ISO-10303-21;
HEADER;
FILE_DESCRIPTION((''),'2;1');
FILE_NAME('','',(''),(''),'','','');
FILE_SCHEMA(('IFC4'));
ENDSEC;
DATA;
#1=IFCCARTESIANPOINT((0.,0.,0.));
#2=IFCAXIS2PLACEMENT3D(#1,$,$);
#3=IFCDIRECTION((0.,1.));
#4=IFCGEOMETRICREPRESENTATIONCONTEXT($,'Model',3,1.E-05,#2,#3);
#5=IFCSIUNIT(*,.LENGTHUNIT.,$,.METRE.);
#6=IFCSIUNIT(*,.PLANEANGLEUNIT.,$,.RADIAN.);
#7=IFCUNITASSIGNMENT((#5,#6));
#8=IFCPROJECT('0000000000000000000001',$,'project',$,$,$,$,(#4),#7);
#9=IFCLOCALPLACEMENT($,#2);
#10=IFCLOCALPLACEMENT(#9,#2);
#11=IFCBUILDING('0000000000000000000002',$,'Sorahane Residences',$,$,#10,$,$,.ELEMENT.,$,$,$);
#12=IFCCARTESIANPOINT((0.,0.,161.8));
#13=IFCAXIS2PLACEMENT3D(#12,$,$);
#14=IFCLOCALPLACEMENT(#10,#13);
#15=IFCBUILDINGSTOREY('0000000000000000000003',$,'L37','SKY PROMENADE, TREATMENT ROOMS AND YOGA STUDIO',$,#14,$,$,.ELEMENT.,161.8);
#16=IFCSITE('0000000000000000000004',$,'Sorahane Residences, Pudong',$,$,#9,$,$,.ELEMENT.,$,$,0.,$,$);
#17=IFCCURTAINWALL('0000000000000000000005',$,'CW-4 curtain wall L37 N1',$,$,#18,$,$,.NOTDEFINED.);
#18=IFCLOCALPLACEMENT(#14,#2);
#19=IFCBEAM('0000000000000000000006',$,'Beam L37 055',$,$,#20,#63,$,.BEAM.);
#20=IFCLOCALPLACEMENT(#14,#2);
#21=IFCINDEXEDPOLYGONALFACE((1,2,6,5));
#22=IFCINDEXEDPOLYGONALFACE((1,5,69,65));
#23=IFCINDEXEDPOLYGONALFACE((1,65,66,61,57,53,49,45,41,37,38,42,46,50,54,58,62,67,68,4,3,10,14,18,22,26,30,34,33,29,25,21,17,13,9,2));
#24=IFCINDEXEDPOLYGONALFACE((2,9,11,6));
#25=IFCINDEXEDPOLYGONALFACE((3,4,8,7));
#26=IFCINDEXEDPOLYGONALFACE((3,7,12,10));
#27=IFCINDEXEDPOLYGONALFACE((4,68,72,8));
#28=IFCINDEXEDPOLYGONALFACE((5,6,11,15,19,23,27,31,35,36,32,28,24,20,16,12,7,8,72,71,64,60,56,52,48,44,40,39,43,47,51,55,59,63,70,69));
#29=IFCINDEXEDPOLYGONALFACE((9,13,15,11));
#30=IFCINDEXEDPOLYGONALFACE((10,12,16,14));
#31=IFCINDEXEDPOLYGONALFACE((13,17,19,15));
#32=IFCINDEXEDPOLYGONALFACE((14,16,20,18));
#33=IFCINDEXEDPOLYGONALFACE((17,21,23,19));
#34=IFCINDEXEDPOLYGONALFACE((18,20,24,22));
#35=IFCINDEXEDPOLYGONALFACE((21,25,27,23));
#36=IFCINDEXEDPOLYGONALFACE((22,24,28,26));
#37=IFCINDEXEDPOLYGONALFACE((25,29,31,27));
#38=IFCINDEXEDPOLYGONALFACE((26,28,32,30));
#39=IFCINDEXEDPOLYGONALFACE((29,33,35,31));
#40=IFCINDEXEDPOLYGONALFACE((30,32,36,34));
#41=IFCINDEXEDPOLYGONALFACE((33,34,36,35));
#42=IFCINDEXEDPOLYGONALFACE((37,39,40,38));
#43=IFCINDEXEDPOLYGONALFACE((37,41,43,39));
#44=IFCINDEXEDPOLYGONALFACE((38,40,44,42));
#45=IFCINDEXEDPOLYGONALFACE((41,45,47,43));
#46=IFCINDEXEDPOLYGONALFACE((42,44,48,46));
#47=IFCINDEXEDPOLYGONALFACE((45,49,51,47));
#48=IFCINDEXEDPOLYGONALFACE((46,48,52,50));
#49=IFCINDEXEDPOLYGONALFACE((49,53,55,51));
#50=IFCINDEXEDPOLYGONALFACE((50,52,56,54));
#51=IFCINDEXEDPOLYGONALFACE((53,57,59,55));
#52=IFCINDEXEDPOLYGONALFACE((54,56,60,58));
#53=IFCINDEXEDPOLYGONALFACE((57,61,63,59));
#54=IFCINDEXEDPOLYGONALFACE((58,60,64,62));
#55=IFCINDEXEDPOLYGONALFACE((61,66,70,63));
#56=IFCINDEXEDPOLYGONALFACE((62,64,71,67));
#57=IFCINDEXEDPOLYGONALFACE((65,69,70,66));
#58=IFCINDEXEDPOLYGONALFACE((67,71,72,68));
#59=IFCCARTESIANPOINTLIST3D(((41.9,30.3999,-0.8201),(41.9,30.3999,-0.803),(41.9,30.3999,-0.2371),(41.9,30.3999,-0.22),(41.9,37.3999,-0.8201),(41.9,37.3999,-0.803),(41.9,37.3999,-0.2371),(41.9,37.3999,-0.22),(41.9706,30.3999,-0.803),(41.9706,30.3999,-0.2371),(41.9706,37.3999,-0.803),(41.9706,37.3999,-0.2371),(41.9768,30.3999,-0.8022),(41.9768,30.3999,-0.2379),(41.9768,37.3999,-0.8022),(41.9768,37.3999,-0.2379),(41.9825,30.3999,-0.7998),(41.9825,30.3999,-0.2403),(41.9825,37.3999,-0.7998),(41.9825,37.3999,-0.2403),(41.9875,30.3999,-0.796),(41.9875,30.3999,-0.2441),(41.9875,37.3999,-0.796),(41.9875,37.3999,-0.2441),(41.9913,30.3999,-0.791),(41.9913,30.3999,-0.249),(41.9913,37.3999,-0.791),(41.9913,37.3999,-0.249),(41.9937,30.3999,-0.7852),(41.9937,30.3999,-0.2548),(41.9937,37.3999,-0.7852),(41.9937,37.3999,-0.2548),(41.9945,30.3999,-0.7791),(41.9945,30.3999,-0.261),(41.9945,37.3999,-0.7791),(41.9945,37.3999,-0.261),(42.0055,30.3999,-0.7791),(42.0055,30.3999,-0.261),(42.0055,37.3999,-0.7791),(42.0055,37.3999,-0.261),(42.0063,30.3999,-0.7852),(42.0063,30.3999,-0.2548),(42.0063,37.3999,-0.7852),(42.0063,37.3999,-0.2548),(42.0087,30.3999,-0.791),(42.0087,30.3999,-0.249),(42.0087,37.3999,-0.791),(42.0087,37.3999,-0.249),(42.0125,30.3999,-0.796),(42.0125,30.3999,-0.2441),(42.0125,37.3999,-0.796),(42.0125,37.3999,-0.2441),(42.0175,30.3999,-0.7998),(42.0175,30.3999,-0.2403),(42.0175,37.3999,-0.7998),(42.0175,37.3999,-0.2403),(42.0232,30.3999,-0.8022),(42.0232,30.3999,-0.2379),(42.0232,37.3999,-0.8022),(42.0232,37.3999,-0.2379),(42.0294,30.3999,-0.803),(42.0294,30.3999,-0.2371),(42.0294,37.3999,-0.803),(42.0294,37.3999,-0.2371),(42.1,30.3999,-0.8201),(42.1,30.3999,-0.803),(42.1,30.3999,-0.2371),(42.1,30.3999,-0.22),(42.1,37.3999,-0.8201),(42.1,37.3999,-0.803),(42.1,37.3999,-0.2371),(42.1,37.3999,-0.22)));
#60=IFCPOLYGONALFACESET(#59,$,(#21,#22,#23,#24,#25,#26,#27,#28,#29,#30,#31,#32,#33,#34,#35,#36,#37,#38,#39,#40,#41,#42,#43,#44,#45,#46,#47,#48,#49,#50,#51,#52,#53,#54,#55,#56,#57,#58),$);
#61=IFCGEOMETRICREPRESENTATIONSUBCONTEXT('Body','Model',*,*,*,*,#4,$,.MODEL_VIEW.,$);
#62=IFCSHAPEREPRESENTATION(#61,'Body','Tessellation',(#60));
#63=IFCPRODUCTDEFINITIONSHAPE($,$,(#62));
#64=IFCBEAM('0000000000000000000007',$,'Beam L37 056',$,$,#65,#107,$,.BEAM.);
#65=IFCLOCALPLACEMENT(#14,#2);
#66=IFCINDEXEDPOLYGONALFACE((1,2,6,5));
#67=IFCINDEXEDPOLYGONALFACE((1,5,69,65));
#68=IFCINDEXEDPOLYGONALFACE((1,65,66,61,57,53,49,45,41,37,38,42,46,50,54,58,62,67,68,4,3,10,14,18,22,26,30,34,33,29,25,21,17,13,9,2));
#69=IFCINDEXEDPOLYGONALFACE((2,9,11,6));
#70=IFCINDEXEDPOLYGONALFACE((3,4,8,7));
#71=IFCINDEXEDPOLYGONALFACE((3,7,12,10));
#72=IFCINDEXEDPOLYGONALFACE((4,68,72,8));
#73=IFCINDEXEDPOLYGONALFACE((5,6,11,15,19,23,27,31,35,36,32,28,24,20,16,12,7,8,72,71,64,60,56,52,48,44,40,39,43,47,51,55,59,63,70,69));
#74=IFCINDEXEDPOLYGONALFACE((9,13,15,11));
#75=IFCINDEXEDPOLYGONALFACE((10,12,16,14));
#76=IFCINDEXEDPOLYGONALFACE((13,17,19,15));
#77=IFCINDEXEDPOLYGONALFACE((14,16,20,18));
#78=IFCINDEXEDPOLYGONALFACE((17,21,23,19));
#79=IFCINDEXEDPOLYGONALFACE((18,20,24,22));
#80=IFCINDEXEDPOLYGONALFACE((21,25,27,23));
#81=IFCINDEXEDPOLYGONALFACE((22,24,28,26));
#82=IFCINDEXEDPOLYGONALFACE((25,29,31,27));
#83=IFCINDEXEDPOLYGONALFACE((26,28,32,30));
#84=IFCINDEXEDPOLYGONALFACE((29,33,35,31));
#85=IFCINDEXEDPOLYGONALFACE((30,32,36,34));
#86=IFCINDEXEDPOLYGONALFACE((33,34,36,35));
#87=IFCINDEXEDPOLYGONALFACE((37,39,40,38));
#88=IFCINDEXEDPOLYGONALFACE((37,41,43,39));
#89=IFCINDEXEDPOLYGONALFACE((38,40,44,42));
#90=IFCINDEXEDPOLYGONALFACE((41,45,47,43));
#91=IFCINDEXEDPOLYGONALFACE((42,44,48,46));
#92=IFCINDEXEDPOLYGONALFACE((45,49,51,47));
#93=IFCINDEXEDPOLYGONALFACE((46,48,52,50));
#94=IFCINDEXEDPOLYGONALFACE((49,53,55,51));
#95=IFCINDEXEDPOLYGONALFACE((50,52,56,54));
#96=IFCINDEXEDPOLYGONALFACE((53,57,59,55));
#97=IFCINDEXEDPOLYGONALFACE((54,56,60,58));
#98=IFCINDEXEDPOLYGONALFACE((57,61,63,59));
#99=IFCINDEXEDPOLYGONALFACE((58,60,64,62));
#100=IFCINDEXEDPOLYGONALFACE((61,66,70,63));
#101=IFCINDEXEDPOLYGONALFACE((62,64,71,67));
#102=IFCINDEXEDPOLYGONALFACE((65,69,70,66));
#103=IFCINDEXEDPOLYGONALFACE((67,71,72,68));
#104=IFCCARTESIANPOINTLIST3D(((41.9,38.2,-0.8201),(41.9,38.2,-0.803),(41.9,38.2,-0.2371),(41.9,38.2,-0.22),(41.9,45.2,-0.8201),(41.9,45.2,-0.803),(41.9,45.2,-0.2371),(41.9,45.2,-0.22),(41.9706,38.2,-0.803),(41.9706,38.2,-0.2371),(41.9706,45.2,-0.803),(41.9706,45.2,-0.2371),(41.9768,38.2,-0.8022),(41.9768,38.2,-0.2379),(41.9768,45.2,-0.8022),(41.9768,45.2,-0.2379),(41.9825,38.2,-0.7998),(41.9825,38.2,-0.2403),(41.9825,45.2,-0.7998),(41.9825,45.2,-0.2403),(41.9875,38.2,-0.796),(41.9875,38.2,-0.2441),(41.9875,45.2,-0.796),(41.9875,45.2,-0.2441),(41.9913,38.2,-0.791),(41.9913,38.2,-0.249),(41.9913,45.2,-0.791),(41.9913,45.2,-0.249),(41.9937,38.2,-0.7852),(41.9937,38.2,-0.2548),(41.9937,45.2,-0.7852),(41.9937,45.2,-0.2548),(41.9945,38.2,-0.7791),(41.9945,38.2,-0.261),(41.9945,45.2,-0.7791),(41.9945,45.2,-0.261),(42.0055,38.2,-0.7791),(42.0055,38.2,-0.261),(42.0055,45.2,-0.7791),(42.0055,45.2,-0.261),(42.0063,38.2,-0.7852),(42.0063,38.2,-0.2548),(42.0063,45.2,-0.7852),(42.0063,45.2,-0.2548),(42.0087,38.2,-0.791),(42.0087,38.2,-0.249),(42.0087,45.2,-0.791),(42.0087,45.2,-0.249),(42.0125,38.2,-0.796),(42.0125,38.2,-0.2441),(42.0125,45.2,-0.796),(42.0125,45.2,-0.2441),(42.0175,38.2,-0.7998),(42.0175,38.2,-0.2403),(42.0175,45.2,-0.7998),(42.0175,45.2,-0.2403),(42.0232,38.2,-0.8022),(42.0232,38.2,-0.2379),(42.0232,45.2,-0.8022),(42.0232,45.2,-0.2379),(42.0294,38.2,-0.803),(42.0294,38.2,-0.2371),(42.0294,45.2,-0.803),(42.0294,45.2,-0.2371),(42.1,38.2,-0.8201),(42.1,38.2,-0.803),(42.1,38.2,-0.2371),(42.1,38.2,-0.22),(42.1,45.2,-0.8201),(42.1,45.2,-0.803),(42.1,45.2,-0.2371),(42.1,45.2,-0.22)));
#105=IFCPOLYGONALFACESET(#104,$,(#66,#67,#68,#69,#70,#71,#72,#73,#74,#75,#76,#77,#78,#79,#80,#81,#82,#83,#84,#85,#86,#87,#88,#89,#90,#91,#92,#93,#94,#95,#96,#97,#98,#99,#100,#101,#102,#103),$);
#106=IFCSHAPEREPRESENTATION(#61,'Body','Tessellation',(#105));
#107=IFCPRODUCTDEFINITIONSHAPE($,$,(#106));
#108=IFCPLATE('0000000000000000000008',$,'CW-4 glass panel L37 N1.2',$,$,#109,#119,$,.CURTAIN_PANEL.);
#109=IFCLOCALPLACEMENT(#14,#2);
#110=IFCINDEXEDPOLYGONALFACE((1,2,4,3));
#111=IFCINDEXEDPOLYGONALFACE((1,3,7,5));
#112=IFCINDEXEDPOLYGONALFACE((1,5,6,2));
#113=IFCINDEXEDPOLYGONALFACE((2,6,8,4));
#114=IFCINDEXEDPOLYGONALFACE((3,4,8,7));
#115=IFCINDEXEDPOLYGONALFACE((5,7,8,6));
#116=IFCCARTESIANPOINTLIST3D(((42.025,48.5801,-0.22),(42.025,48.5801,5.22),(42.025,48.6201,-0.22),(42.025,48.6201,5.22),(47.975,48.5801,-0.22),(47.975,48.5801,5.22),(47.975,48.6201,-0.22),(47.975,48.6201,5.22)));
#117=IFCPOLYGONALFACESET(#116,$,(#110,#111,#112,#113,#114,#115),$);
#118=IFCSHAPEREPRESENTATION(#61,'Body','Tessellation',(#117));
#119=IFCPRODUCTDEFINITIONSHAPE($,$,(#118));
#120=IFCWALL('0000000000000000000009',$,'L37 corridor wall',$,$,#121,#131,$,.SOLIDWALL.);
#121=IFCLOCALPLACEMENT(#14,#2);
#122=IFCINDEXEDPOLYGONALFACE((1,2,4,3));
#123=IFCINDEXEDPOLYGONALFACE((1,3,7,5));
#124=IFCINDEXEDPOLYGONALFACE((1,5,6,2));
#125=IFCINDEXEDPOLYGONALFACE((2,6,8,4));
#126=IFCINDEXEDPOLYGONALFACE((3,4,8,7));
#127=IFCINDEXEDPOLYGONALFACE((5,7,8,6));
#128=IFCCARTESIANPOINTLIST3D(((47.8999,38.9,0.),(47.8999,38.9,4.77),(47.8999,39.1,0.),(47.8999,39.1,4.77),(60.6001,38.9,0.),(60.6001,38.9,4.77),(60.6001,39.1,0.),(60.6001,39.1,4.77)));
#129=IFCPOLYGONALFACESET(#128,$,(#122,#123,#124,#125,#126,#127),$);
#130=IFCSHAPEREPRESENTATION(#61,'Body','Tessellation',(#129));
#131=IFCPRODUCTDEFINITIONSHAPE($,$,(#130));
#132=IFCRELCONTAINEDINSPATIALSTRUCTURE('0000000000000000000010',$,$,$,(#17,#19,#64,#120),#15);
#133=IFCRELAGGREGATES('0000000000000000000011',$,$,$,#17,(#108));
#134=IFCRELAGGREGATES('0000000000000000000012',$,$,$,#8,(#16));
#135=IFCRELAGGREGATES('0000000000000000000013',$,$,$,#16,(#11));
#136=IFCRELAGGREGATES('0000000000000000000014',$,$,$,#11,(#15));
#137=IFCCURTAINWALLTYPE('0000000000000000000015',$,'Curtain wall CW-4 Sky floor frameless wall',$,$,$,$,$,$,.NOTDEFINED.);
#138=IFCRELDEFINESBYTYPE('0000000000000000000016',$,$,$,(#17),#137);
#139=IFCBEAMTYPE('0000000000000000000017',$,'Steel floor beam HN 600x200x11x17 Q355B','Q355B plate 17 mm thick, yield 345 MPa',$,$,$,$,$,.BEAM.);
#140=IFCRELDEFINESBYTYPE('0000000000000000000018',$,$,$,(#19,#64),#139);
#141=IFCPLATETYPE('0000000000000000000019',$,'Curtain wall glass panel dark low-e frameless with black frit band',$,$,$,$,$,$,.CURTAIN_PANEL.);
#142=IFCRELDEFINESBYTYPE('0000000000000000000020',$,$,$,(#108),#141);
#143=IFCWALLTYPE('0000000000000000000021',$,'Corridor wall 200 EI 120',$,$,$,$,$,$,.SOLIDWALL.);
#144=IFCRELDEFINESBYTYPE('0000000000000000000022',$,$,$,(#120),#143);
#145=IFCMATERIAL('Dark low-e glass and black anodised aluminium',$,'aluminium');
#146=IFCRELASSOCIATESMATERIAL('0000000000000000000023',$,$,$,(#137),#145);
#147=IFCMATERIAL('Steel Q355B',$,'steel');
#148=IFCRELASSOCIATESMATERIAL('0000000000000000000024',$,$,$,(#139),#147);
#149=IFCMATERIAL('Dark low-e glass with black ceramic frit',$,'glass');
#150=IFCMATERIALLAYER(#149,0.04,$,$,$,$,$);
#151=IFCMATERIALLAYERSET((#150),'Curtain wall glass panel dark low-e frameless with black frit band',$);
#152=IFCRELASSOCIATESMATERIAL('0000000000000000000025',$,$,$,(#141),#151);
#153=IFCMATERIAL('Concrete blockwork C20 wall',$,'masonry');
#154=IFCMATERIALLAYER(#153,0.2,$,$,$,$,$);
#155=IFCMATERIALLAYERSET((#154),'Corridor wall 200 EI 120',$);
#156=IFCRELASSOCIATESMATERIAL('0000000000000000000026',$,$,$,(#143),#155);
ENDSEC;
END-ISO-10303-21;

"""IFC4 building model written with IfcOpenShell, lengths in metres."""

from ifc_helpers import new_model, si_unit, direction, frame, frame_2d, origin, origin_2d, place, context, subcontext, project, spatial, rectangle, i_section, extrude, material, layer, layer_set, material_profile, profile_set, type_object, element, aggregate, save


model = new_model("IFC4")

# Units and contexts
model_context = context("Model", 3, precision=1e-05, world=origin(), true_north=direction((0.0, 1.0)))
body_context = subcontext(model_context, "Body", "Model", "MODEL_VIEW")
ifc_project = project(units=[si_unit("LENGTHUNIT", "METRE"), si_unit("PLANEANGLEUNIT", "RADIAN")], contexts=[model_context])

# Site, building, storey
site_placement = place(None, origin())
site = spatial("IfcSite", under=ifc_project, at=site_placement, Name="Sorahane Residences, Pudong", CompositionType="ELEMENT", RefElevation=0.0)
building_placement = place(site_placement, origin())
building = spatial("IfcBuilding", under=site, at=building_placement, Name="Sorahane Residences", CompositionType="ELEMENT")
storey_placement = place(building_placement, frame((0.0, 0.0, 161.8)))
storey = spatial("IfcBuildingStorey", under=building, at=storey_placement, Name="L37", Description="SKY PROMENADE, TREATMENT ROOMS AND YOGA STUDIO", CompositionType="ELEMENT", Elevation=161.8)

# Curtain wall
ifc_material_1 = material(Name="Dark low-e glass and black anodised aluminium", Category="aluminium")
curtain_wall_type = type_object("IfcCurtainWallType", Name="Curtain wall CW-4 Sky floor frameless wall", PredefinedType="NOTDEFINED", material=ifc_material_1)
curtain_wall_placement = place(storey_placement, origin())
curtain_wall = element("IfcCurtainWall", 1, at=curtain_wall_placement, inside=storey, type_object=curtain_wall_type, Name="CW-4 curtain wall L37 N1", PredefinedType="NOTDEFINED")

# Beams
ifc_material_2 = material(Name="Steel Q355B", Category="steel")
ifc_material_profile_1 = material_profile(ifc_material_2, i_section(OverallWidth=0.2, OverallDepth=0.6001, WebThickness=0.011, FlangeThickness=0.0171, FilletRadius=0.0239, at=origin_2d()), Name="HN 600x200x11x17")
ifc_profile_set_1 = profile_set([ifc_material_profile_1], Name="Steel Q355B")
beam_type_1 = type_object("IfcBeamType", Name="Steel floor beam HN 600x200x11x17 Q355B", Description="Q355B plate 17 mm thick, yield 345 MPa", PredefinedType="BEAM", material=ifc_profile_set_1)
for number, where, z_axis, x_axis, name in (
    (2, (42.0, 30.3999, -0.52), (0.0, 1.0, 0.0), (-1.0, 0.0, 0.0), "Beam L37 055"),
    (3, (42.0, 38.2, -0.52), (0.0, 1.0, 0.0), (-1.0, 0.0, 0.0), "Beam L37 056"),
):
    element("IfcBeam", number, at=place(storey_placement, frame(where, z_axis=z_axis, x_axis=x_axis)), inside=storey, type_object=beam_type_1, Name=name, PredefinedType="BEAM", context=body_context, shape_type="SweptSolid", body=[
        extrude(i_section(OverallWidth=0.2, OverallDepth=0.6001, WebThickness=0.011, FlangeThickness=0.0171, FilletRadius=0.0239, at=origin_2d()), origin(), (0.0, 0.0, 1.0), 7.0),
    ])

# Plate
ifc_material_3 = material(Name="Dark low-e glass with black ceramic frit", Category="glass")
ifc_layer_1 = layer(ifc_material_3, 0.04)
ifc_layer_set_1 = layer_set([ifc_layer_1], Name="Curtain wall glass panel dark low-e frameless with black frit band")
plate_type = type_object("IfcPlateType", Name="Curtain wall glass panel dark low-e frameless with black frit band", PredefinedType="CURTAIN_PANEL", material=ifc_layer_set_1)
plate_placement = place(storey_placement, frame((45.0, 48.6001, -0.22), z_axis=(0.0, 0.0, 1.0), x_axis=(-1.0, 0.0, 0.0)))
plate = element("IfcPlate", 4, at=plate_placement, type_object=plate_type, Name="CW-4 glass panel L37 N1.2", PredefinedType="CURTAIN_PANEL", context=body_context, shape_type="SweptSolid", body=[
    extrude(rectangle(XDim=5.95, YDim=0.04, at=origin_2d()), origin(), (0.0, 0.0, 1.0), 5.4399),
])
aggregate(curtain_wall, [plate])

# Wall
ifc_material_4 = material(Name="Concrete blockwork C20 wall", Category="masonry")
ifc_layer_2 = layer(ifc_material_4, 0.2)
ifc_layer_set_2 = layer_set([ifc_layer_2], Name="Corridor wall 200 EI 120")
wall_type = type_object("IfcWallType", Name="Corridor wall 200 EI 120", PredefinedType="SOLIDWALL", material=ifc_layer_set_2)
wall_placement = place(storey_placement, frame((47.8999, 39.0, 0.0), z_axis=(0.0, 0.0, 1.0), x_axis=(1.0, 0.0, 0.0)))
element("IfcWall", 5, at=wall_placement, inside=storey, type_object=wall_type, Name="L37 corridor wall", PredefinedType="SOLIDWALL", context=body_context, shape_type="SweptSolid", body=[
    extrude(rectangle(XDim=12.7002, YDim=0.2, at=frame_2d((6.3501, 0.0))), origin(), (0.0, 0.0, 1.0), 4.77),
])

save(model, "model.ifc")
